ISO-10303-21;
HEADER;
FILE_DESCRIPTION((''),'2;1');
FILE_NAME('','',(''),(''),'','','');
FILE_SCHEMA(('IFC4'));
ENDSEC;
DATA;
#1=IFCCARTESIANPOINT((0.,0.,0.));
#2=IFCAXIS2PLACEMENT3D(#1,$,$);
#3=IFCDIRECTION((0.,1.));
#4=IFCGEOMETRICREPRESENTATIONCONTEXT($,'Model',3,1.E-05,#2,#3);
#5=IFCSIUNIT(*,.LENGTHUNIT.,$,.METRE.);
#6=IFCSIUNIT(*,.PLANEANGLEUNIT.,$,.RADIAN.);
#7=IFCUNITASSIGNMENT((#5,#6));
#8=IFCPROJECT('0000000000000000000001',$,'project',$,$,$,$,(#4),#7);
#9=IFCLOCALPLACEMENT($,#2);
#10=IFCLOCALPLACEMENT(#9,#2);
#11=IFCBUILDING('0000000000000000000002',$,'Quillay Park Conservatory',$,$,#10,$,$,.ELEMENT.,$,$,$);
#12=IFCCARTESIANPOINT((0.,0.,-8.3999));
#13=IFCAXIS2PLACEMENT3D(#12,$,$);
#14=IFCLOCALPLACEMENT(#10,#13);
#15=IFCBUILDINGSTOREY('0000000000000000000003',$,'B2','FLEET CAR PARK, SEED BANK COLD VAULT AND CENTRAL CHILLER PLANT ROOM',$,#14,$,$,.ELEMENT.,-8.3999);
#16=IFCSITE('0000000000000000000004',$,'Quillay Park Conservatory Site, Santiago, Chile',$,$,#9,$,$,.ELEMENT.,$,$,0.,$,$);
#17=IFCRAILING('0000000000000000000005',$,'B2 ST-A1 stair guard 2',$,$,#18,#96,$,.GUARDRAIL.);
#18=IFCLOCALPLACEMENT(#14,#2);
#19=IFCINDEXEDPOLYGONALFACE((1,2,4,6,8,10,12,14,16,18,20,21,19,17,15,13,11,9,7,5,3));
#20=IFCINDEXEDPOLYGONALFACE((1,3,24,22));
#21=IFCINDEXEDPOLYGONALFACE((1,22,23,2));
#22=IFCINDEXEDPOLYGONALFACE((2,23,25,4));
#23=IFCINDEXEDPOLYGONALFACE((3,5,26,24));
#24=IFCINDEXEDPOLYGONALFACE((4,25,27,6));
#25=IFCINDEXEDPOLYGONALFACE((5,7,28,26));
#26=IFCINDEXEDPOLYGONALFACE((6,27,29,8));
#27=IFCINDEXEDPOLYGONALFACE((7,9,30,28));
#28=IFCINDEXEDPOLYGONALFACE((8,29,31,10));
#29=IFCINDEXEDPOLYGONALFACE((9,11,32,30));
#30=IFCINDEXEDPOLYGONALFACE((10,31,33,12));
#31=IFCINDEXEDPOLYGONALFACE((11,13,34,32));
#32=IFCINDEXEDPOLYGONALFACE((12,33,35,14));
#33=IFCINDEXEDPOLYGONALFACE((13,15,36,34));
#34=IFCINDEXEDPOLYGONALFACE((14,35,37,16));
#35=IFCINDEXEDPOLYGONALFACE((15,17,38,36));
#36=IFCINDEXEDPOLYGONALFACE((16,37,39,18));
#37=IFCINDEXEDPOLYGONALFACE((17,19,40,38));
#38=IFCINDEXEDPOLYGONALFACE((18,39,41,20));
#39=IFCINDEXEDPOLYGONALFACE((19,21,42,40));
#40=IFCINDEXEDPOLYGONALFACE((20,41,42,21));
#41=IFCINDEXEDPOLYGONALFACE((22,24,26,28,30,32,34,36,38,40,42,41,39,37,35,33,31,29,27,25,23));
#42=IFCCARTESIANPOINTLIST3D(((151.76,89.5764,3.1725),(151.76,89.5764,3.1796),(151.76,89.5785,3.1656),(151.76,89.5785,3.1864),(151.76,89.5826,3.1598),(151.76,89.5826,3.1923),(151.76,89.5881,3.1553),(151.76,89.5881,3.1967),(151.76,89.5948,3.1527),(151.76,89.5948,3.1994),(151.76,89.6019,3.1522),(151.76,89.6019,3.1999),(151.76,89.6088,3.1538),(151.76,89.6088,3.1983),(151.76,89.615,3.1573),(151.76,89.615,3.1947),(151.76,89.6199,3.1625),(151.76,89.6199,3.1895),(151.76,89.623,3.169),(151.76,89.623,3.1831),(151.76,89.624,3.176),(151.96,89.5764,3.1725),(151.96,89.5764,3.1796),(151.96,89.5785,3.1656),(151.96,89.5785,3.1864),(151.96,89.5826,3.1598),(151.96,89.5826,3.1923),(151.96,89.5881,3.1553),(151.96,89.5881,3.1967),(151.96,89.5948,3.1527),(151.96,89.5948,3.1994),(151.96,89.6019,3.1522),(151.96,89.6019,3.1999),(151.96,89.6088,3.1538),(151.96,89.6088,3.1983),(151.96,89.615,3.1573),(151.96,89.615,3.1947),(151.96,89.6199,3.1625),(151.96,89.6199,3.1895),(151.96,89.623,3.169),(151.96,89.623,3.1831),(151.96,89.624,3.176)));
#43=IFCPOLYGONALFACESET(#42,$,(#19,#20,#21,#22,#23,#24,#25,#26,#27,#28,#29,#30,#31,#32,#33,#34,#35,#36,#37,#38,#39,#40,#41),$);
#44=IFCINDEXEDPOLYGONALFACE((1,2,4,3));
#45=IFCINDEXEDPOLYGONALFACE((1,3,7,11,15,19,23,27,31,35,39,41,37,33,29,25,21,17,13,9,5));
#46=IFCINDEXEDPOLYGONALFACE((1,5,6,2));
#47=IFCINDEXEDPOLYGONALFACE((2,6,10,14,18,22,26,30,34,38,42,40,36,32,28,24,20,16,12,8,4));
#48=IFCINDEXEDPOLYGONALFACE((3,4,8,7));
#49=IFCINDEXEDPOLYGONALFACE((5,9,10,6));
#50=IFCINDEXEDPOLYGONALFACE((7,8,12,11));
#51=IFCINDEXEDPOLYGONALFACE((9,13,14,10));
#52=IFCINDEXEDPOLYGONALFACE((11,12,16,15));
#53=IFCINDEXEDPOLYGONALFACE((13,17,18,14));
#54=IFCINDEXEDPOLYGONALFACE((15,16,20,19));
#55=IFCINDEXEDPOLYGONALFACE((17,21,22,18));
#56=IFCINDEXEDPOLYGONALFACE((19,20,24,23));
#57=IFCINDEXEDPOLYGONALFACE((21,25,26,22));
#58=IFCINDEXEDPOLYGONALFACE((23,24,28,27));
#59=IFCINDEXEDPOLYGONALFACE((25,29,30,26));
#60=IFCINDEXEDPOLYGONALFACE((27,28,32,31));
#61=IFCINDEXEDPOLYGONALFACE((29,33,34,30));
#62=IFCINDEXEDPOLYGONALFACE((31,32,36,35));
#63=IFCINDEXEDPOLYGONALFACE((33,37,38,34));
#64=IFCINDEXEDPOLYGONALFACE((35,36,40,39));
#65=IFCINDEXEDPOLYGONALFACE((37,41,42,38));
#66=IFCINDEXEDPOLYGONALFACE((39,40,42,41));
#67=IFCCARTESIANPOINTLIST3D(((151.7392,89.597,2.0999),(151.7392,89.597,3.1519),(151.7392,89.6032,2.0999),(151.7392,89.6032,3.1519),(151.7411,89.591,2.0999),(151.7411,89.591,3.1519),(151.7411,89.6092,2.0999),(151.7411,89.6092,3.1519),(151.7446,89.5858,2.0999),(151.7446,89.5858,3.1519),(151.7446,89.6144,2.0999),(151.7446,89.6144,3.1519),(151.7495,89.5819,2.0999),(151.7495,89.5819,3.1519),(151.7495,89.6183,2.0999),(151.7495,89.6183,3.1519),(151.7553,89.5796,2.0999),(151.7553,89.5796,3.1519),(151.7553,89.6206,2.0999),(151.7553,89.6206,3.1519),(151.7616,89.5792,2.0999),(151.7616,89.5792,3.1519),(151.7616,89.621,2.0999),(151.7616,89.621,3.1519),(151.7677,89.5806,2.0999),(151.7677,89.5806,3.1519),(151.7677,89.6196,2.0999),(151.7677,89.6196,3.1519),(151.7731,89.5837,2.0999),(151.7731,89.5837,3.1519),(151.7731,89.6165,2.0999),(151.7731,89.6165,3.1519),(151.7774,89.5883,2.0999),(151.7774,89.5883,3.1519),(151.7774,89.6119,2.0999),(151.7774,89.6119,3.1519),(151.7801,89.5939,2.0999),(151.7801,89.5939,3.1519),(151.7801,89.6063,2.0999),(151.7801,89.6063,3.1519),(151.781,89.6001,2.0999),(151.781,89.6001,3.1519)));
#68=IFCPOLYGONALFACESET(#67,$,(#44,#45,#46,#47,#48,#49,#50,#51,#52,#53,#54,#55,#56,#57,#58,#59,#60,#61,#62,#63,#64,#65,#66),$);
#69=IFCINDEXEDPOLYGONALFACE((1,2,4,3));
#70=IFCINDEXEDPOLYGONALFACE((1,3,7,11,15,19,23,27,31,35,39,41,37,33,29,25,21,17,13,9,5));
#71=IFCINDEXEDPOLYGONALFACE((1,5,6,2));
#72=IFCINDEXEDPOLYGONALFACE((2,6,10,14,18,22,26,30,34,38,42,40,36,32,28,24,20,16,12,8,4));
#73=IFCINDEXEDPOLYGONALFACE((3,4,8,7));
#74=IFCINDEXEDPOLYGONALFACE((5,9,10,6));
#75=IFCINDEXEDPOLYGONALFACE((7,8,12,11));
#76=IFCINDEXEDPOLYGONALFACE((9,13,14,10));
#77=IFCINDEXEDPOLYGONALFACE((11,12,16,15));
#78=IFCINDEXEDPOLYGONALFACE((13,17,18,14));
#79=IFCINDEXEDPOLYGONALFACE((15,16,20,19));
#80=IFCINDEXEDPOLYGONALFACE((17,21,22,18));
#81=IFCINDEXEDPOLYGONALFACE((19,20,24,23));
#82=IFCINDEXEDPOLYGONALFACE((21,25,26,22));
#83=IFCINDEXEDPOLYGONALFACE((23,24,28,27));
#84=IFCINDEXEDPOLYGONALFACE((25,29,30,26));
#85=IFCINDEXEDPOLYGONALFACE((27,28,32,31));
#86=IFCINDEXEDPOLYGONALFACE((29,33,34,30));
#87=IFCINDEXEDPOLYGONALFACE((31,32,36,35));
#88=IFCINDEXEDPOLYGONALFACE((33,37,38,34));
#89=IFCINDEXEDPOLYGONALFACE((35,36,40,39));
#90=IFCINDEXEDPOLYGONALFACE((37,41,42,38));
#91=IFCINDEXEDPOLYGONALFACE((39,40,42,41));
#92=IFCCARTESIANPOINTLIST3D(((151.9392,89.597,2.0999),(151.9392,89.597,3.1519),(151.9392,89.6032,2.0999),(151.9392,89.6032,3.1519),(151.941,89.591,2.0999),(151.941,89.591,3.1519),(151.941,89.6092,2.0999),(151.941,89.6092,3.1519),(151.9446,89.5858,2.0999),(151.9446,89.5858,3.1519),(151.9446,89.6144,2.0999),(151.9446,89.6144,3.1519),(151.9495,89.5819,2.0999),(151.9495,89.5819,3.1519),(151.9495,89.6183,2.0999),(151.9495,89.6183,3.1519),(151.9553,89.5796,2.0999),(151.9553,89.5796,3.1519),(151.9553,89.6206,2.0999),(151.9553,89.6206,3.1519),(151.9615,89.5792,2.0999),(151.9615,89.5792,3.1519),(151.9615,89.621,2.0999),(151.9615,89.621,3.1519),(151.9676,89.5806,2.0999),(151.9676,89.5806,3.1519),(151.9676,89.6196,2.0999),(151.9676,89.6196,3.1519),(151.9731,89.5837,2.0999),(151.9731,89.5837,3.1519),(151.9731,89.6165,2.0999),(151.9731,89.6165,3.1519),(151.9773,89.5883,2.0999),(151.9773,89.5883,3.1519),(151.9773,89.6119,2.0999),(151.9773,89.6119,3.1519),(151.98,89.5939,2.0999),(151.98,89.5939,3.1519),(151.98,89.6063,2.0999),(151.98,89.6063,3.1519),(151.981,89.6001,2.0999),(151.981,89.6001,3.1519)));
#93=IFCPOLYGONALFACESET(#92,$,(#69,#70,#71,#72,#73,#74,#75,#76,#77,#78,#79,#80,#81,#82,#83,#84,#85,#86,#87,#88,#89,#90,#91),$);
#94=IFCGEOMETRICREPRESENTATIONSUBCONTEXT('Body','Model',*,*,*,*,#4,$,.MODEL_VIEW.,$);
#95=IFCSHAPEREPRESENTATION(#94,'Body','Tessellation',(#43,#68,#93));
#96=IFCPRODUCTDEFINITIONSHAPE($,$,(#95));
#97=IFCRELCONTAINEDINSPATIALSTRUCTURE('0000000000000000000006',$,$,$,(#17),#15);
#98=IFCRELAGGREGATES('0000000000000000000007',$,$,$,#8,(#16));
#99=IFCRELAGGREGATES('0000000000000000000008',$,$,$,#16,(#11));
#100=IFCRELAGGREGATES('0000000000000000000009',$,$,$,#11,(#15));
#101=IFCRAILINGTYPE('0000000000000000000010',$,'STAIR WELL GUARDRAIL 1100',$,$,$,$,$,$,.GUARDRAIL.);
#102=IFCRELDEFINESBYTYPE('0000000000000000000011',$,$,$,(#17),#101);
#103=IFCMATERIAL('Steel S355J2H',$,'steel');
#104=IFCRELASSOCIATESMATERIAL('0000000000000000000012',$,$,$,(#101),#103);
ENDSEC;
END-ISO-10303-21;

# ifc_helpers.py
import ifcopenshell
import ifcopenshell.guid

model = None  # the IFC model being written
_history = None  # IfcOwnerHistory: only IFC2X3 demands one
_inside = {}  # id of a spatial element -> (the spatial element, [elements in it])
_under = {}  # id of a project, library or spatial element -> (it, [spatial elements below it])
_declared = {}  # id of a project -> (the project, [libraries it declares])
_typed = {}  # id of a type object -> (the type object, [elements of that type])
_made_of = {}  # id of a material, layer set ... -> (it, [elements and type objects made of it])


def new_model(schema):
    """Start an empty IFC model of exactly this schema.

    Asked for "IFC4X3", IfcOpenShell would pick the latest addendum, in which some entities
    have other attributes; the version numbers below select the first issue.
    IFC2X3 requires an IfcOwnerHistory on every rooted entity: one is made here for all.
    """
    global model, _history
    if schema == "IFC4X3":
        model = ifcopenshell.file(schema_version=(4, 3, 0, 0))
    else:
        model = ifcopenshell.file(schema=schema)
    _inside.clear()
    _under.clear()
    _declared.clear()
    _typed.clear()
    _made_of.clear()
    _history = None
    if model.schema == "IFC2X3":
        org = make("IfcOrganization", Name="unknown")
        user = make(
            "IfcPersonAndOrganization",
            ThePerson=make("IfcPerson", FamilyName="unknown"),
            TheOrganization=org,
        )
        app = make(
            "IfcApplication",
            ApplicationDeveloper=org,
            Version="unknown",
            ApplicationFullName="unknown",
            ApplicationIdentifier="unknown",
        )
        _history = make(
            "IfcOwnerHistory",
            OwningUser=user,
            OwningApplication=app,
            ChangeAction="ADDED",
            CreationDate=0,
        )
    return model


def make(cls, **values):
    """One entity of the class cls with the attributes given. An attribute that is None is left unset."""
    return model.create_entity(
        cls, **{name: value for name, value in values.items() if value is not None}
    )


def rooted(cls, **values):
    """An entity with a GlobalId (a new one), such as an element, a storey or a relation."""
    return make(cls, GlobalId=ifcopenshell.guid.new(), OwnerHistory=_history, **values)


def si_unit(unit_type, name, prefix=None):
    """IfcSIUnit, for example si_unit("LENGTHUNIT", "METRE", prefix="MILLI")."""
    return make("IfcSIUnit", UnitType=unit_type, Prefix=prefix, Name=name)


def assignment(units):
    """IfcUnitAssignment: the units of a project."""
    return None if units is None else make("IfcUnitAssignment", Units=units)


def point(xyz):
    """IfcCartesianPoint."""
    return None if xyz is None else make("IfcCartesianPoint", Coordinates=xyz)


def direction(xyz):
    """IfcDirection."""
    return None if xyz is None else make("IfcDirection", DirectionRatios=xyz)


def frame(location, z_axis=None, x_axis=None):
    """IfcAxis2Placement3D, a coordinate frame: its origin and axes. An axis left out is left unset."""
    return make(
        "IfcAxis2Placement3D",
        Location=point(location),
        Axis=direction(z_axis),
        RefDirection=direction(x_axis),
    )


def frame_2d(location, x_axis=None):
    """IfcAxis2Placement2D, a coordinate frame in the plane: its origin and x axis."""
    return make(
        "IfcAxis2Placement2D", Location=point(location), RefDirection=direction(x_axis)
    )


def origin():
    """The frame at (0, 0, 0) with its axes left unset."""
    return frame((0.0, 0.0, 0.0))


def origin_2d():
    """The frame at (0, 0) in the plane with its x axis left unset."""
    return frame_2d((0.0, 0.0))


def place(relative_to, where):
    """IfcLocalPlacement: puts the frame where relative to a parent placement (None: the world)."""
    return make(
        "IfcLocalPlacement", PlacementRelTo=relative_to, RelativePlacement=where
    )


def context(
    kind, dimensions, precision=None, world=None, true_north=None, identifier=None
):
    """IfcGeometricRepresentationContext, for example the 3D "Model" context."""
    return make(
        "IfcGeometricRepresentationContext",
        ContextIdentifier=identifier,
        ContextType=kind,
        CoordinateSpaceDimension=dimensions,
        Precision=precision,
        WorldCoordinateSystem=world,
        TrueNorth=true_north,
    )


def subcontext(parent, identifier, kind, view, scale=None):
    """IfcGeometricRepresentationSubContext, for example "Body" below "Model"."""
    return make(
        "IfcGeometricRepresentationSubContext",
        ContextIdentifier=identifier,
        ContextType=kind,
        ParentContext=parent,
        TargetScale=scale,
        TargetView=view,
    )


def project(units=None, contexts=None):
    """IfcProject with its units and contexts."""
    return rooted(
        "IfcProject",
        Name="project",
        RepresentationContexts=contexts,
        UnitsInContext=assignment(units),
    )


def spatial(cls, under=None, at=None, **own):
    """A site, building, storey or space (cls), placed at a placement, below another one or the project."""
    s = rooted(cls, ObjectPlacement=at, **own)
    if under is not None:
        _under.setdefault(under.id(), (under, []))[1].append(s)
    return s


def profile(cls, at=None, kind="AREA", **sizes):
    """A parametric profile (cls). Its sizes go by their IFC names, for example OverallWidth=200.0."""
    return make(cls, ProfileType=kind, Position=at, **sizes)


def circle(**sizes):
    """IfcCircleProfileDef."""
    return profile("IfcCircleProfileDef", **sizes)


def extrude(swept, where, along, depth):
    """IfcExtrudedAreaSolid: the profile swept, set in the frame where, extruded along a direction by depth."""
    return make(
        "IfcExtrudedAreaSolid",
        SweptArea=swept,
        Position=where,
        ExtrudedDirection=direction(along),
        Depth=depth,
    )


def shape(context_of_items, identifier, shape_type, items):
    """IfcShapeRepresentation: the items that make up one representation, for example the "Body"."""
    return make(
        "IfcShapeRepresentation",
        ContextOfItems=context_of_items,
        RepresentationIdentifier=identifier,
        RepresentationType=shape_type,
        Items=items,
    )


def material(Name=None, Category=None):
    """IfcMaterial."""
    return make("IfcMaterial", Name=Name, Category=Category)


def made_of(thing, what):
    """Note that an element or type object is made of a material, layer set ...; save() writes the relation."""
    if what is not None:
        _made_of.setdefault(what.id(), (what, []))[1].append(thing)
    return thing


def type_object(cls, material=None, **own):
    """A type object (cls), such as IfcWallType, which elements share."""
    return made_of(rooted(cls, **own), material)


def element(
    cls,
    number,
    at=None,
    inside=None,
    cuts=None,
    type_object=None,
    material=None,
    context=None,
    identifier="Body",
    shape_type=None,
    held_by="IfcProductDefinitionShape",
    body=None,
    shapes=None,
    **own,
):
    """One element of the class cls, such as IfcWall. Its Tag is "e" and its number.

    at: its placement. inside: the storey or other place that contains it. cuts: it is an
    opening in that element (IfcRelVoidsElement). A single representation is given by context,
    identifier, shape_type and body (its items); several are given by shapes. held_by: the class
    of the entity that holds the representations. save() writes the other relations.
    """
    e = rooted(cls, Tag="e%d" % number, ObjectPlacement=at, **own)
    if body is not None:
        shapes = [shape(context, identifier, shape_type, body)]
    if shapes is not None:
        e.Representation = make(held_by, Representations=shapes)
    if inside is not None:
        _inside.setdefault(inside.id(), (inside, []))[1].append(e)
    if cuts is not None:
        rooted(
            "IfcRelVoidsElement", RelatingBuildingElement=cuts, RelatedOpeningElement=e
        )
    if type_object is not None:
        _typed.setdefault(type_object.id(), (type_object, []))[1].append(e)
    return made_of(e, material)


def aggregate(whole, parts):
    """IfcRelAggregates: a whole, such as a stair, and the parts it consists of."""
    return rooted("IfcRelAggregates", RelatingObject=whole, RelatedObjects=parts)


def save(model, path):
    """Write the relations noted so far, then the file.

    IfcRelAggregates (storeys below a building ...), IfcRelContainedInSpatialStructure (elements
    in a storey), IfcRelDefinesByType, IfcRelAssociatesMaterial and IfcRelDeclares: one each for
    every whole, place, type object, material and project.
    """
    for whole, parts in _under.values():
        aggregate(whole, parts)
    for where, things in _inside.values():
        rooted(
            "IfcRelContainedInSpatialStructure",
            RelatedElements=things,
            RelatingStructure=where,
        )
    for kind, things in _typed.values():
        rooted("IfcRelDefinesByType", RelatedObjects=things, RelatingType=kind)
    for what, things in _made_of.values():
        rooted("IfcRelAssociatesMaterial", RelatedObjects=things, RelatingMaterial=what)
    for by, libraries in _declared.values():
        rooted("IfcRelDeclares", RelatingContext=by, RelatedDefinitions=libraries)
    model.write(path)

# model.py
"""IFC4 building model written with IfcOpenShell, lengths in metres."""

from ifc_helpers import new_model, si_unit, direction, frame, origin, origin_2d, place, context, subcontext, project, spatial, circle, extrude, material, type_object, element, save


model = new_model("IFC4")

# Units and contexts
model_context = context("Model", 3, precision=1e-05, world=origin(), true_north=direction((0.0, 1.0)))
body_context = subcontext(model_context, "Body", "Model", "MODEL_VIEW")
ifc_project = project(units=[si_unit("LENGTHUNIT", "METRE"), si_unit("PLANEANGLEUNIT", "RADIAN")], contexts=[model_context])

# Site, building, storey
site_placement = place(None, origin())
site = spatial("IfcSite", under=ifc_project, at=site_placement, Name="Quillay Park Conservatory Site, Santiago, Chile", CompositionType="ELEMENT", RefElevation=0.0)
building_placement = place(site_placement, origin())
building = spatial("IfcBuilding", under=site, at=building_placement, Name="Quillay Park Conservatory", CompositionType="ELEMENT")
storey_placement = place(building_placement, frame((0.0, 0.0, -8.3999)))
storey = spatial("IfcBuildingStorey", under=building, at=storey_placement, Name="B2", Description="FLEET CAR PARK, SEED BANK COLD VAULT AND CENTRAL CHILLER PLANT ROOM", CompositionType="ELEMENT", Elevation=-8.3999)

# Railing
ifc_material_1 = material(Name="Steel S355J2H", Category="steel")
railing_type_1 = type_object("IfcRailingType", Name="STAIR WELL GUARDRAIL 1100", PredefinedType="GUARDRAIL", material=ifc_material_1)
railing_1_placement = place(storey_placement, frame((151.76, 89.6001, 2.0999)))
element("IfcRailing", 1, at=railing_1_placement, inside=storey, type_object=railing_type_1, Name="B2 ST-A1 stair guard 2", PredefinedType="GUARDRAIL", context=body_context, shape_type="SweptSolid", body=[
    extrude(circle(Radius=0.0239, at=origin_2d()), frame((0.0, 0.0, 1.0762), z_axis=(1.0, 0.0, 0.0), x_axis=(0.0, 1.0, 0.0)), (0.0, 0.0, 1.0), 0.2),
    extrude(circle(Radius=0.021, at=origin_2d()), origin(), (0.0, 0.0, 1.0), 1.052),
    extrude(circle(Radius=0.021, at=origin_2d()), frame((0.2, 0.0, 0.0)), (0.0, 0.0, 1.0), 1.052),
])

save(model, "model.ifc")
